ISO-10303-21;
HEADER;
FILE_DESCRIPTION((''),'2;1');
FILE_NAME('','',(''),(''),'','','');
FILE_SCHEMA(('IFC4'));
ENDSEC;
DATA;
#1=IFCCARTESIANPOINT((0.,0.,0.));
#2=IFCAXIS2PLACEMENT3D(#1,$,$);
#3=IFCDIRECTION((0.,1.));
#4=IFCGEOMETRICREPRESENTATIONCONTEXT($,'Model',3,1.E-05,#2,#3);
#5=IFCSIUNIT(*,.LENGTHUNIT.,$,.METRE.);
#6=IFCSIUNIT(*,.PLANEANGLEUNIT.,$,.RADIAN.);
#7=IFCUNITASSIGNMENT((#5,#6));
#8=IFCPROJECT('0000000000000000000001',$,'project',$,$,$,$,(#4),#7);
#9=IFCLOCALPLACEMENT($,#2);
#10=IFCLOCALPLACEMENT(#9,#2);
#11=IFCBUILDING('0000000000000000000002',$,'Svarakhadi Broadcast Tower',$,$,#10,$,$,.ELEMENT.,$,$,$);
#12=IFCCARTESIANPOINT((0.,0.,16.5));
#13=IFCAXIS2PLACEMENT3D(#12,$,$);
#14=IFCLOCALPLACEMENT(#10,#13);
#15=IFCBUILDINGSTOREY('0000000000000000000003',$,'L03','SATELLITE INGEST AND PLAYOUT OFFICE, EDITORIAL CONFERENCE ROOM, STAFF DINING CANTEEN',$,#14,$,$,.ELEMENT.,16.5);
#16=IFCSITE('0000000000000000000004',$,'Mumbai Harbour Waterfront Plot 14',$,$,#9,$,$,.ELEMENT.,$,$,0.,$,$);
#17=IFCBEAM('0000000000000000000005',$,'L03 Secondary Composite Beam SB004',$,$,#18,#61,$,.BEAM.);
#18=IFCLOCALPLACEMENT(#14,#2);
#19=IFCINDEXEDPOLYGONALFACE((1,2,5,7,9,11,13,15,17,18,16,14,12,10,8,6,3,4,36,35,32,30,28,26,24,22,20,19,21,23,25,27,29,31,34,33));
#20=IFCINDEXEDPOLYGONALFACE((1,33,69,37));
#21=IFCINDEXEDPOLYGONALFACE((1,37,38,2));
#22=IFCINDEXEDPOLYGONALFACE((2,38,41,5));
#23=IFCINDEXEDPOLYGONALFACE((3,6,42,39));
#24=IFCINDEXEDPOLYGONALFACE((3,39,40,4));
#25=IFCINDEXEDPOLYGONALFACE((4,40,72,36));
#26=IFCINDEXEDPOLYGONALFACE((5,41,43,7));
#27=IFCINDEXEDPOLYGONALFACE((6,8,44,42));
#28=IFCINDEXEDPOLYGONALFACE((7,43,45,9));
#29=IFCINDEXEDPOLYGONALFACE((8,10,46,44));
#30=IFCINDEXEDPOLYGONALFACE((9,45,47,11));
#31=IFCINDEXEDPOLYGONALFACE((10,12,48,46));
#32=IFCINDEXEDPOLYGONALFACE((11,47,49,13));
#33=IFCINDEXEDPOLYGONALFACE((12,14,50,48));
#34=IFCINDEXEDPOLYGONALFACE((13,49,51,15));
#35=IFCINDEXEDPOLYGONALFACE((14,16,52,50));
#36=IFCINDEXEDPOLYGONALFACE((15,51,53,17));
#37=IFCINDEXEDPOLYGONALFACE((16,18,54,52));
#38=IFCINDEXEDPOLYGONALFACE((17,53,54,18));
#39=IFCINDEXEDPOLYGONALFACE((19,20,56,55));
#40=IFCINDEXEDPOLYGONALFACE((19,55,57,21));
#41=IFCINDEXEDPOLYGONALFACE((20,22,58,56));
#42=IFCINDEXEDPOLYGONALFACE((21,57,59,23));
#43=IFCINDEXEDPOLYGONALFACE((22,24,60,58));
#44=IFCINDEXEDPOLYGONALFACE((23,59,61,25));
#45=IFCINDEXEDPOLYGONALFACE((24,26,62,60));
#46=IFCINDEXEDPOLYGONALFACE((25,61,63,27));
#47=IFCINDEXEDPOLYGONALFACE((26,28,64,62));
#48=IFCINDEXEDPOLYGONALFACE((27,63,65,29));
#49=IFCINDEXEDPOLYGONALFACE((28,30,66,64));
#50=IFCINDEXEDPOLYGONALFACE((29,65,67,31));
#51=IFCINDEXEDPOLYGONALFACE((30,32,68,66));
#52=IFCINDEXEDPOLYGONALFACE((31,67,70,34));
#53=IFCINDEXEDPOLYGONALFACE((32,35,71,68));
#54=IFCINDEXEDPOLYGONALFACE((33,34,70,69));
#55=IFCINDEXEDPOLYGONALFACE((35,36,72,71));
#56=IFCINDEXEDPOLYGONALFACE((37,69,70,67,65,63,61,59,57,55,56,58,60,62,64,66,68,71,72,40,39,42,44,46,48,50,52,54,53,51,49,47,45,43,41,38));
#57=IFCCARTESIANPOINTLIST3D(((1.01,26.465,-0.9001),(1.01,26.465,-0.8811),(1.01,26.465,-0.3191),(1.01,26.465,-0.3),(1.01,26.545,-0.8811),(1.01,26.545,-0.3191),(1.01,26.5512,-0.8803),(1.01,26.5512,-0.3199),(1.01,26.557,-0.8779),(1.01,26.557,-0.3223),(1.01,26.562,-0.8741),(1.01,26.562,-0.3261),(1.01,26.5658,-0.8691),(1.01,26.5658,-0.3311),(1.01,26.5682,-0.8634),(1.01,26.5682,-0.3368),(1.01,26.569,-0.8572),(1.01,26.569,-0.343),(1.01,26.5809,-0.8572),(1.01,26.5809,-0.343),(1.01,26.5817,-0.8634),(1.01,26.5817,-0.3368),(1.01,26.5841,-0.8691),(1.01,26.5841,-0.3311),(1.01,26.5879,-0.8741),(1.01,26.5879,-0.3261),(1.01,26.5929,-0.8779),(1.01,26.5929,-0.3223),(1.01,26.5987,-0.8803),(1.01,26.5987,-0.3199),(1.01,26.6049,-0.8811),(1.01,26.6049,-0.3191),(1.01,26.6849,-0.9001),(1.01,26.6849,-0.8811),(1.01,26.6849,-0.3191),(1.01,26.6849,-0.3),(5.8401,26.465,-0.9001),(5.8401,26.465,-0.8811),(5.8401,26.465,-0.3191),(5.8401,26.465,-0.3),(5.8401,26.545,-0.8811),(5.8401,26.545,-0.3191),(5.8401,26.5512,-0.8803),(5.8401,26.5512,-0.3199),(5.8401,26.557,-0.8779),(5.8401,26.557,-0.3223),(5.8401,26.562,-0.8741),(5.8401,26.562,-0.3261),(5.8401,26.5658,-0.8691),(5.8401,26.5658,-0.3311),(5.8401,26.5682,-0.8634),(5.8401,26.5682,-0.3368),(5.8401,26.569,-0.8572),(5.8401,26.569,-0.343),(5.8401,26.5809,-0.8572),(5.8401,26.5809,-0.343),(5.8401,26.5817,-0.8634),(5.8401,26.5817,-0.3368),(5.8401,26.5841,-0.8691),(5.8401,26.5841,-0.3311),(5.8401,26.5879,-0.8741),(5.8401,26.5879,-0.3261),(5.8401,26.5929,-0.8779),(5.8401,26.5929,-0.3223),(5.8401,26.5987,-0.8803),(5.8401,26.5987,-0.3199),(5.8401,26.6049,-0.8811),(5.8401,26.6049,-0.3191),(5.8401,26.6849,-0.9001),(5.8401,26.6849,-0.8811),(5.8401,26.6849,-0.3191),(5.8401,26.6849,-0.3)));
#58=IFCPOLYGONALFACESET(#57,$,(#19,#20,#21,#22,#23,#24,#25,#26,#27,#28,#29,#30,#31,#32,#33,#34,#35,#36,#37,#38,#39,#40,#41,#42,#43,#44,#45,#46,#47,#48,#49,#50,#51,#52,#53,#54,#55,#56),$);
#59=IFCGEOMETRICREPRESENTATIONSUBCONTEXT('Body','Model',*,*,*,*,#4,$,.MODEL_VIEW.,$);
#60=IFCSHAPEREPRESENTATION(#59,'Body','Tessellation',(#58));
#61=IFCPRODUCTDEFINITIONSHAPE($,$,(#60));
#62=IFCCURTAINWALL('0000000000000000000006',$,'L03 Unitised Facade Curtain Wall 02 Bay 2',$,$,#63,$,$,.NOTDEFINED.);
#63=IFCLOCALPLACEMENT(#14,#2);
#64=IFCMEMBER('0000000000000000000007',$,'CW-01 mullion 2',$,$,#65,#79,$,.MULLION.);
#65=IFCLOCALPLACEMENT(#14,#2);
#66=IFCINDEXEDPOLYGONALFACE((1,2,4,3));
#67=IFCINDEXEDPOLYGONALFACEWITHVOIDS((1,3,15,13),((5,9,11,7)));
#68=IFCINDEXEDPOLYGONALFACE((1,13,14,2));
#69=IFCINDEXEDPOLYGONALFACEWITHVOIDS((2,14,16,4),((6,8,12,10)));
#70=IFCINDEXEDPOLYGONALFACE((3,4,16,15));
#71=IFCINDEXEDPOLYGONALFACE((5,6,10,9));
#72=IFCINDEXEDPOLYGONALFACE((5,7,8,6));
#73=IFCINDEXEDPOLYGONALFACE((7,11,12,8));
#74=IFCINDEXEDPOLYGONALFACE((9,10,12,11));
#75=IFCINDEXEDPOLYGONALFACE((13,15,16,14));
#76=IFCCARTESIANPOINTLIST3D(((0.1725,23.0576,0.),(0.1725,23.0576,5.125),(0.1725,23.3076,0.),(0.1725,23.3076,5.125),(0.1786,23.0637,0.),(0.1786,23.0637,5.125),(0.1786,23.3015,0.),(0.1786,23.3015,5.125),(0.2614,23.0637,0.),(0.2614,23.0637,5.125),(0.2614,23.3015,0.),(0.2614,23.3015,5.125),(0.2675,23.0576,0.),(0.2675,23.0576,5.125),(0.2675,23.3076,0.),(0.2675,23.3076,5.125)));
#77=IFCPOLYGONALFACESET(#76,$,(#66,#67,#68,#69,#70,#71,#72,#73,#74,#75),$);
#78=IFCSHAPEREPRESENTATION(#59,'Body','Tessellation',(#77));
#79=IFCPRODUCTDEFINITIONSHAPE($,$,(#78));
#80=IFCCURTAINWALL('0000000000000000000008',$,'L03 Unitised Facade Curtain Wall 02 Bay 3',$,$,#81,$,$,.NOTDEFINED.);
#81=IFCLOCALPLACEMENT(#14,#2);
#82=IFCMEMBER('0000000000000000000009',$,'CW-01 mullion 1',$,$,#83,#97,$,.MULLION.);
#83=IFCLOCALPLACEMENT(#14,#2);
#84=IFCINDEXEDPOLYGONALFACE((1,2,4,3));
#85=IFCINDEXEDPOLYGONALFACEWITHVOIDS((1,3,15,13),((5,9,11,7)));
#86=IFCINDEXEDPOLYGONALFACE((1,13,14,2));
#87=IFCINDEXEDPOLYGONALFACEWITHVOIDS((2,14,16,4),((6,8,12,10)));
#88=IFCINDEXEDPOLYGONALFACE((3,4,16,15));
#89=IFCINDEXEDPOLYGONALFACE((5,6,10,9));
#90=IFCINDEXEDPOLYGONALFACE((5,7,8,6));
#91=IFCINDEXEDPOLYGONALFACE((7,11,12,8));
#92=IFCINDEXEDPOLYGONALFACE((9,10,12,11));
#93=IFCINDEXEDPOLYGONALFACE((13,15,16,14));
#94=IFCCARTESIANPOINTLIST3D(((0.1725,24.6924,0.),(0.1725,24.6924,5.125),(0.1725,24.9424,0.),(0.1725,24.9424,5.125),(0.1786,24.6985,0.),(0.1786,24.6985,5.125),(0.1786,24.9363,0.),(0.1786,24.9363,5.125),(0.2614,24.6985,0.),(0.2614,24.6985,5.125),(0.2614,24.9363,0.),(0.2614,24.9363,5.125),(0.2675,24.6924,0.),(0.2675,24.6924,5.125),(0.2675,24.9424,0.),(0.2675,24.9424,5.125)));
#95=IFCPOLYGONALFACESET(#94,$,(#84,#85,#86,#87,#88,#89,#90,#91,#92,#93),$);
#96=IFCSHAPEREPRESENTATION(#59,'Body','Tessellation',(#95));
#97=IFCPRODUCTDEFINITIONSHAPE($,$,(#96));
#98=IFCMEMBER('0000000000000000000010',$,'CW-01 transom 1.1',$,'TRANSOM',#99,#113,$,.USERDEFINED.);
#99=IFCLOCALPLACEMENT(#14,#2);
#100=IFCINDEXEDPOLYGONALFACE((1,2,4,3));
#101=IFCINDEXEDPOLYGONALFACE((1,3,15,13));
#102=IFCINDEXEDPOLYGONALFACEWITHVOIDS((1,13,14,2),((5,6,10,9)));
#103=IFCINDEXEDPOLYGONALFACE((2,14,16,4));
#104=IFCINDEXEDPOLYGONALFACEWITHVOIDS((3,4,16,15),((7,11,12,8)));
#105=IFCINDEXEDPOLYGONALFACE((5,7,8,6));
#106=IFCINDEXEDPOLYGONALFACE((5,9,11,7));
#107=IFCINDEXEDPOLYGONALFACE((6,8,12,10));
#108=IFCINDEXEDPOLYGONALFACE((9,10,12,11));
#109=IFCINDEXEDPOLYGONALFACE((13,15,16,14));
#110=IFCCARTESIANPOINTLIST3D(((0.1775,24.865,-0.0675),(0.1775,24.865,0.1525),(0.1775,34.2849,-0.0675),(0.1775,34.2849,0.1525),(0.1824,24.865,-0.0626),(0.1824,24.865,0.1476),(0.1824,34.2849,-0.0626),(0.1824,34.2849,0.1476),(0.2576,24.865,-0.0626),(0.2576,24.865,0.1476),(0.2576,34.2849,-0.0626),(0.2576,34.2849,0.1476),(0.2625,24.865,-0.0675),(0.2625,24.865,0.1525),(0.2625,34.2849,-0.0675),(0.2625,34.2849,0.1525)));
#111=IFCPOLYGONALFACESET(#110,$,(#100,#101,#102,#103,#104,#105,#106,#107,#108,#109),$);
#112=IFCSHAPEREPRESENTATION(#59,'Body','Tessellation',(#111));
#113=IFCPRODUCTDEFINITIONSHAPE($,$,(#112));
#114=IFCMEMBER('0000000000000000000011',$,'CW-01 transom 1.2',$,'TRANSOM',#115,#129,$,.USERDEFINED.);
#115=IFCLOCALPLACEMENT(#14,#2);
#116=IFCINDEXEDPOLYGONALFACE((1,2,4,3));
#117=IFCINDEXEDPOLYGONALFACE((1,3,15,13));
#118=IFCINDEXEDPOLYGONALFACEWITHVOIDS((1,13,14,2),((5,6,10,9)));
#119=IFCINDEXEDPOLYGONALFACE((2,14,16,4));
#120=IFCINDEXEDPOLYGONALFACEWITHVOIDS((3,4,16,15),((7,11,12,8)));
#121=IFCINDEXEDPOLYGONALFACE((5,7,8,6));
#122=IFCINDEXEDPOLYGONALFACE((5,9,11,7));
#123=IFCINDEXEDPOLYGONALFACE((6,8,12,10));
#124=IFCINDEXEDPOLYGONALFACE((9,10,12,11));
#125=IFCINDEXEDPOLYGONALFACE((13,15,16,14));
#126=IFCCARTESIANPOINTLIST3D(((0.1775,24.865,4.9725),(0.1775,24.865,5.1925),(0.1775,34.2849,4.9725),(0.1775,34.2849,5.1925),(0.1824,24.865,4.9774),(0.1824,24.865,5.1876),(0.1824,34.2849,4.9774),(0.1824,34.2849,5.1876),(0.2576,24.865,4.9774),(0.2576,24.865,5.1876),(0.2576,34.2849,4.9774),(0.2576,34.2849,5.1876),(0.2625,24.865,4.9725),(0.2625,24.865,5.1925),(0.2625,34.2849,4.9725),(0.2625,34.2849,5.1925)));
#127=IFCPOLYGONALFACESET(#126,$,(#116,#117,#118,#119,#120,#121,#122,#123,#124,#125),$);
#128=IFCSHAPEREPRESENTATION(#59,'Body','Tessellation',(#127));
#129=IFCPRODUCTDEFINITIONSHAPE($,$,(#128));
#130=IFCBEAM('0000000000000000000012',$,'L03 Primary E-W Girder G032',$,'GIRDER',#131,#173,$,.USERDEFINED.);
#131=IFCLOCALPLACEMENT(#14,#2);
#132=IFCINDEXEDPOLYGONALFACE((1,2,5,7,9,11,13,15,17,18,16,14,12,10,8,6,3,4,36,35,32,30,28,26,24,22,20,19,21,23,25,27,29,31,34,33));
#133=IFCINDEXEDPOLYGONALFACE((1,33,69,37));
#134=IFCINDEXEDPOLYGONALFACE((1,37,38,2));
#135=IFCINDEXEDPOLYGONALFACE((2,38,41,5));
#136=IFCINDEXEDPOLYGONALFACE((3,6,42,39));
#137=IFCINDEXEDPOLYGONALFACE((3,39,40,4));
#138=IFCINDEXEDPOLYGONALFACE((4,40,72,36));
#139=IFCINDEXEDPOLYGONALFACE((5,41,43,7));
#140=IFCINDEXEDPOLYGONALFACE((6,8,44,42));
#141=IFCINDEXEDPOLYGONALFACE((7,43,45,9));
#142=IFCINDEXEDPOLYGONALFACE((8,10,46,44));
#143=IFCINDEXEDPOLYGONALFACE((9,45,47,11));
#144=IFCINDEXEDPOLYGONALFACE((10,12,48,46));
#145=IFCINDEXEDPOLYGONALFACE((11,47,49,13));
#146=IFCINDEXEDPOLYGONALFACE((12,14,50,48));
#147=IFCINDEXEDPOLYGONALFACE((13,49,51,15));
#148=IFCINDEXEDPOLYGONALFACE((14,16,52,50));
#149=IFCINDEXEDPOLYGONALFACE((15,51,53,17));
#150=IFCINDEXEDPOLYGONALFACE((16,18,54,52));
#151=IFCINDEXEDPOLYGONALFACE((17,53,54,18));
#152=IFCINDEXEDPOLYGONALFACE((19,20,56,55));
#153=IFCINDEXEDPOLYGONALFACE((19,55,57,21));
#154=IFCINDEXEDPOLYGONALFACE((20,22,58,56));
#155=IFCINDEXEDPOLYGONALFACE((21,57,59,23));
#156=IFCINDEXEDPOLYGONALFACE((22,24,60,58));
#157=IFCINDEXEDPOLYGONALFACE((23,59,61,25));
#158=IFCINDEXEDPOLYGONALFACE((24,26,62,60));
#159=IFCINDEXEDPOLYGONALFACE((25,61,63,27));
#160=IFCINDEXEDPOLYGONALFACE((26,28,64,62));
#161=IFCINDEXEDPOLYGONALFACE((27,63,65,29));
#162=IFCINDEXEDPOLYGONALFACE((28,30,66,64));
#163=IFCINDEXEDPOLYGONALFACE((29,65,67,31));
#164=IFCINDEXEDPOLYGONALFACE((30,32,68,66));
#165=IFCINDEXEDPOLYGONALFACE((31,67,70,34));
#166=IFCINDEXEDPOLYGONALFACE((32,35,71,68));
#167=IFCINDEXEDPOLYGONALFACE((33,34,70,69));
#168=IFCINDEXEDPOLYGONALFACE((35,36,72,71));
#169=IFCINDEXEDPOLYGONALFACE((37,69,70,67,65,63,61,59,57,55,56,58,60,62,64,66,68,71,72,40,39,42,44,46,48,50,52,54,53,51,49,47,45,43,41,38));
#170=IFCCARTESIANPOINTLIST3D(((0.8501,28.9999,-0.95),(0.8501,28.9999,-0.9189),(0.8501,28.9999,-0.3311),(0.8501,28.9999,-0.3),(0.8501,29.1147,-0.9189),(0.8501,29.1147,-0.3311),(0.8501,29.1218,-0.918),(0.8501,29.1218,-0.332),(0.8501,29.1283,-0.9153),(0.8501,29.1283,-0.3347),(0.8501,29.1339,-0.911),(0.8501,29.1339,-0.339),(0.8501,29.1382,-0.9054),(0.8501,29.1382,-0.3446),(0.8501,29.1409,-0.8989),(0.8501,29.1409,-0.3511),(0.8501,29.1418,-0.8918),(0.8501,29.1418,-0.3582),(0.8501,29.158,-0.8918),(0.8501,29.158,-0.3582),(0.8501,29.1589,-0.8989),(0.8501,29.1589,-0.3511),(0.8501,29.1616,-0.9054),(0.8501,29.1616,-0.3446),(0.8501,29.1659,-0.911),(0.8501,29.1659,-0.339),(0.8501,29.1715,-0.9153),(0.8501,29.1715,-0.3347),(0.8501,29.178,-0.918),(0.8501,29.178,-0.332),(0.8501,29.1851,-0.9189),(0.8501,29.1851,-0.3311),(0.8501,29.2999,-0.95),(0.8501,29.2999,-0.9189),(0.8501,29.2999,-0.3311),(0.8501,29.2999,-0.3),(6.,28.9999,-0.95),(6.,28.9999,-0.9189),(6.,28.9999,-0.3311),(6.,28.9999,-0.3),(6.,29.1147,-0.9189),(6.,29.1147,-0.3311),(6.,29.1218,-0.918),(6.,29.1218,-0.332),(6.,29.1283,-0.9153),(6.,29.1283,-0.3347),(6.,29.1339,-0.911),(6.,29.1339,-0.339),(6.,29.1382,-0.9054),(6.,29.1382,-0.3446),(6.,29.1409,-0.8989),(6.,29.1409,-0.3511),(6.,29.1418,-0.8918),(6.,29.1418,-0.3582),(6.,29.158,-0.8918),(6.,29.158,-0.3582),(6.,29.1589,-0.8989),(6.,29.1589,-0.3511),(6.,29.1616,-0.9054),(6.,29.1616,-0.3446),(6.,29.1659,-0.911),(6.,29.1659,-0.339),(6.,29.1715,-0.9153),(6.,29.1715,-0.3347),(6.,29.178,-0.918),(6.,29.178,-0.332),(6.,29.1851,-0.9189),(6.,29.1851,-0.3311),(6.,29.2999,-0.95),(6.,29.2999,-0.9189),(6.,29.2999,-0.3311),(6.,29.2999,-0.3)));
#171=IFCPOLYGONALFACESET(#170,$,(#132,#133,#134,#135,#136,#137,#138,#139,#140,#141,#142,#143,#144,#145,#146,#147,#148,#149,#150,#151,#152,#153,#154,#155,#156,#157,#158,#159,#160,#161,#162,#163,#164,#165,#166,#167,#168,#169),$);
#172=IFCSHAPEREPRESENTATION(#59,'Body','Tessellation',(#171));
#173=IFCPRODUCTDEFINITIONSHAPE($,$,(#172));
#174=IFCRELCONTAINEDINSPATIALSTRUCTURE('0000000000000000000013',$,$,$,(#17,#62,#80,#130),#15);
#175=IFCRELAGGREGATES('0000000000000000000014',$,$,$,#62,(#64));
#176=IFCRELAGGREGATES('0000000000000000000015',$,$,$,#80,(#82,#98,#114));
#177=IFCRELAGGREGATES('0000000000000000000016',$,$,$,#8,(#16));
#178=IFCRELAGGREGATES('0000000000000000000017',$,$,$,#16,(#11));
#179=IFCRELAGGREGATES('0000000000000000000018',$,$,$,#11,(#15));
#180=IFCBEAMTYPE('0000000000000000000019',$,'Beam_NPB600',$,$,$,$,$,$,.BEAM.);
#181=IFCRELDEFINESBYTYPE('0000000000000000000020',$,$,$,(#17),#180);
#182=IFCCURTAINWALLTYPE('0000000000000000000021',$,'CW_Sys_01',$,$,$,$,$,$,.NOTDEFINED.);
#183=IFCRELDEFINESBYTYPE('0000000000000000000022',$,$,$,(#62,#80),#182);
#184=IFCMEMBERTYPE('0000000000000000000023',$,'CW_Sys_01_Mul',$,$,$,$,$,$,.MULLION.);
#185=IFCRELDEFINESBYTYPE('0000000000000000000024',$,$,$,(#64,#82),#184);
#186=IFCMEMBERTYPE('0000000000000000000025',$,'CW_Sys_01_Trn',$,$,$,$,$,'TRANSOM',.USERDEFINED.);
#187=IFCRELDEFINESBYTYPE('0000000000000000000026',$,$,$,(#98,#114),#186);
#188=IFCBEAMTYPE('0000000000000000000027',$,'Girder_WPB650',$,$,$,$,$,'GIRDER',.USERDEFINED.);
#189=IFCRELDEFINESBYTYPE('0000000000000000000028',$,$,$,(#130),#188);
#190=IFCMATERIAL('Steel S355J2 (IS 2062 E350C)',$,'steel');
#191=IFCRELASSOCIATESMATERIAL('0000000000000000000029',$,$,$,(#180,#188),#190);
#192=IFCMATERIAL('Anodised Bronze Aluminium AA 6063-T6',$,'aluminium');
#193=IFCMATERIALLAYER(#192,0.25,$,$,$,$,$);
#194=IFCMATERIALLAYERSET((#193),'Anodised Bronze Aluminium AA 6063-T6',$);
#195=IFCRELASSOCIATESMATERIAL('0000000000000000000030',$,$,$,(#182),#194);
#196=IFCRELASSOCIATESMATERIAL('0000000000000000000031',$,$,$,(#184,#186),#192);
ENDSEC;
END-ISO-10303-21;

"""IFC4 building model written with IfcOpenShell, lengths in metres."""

from ifc_helpers import new_model, si_unit, direction, frame, origin, origin_2d, place, context, subcontext, project, spatial, hollow_rectangle, i_section, extrude, material, layer, layer_set, material_profile, profile_set, type_object, element, aggregate, save


model = new_model("IFC4")

# Units and contexts
model_context = context("Model", 3, precision=1e-05, world=origin(), true_north=direction((0.0, 1.0)))
body_context = subcontext(model_context, "Body", "Model", "MODEL_VIEW")
ifc_project = project(units=[si_unit("LENGTHUNIT", "METRE"), si_unit("PLANEANGLEUNIT", "RADIAN")], contexts=[model_context])

# Site, building, storey
site_placement = place(None, origin())
site = spatial("IfcSite", under=ifc_project, at=site_placement, Name="Mumbai Harbour Waterfront Plot 14", CompositionType="ELEMENT", RefElevation=0.0)
building_placement = place(site_placement, origin())
building = spatial("IfcBuilding", under=site, at=building_placement, Name="Svarakhadi Broadcast Tower", CompositionType="ELEMENT")
storey_placement = place(building_placement, frame((0.0, 0.0, 16.5)))
storey = spatial("IfcBuildingStorey", under=building, at=storey_placement, Name="L03", Description="SATELLITE INGEST AND PLAYOUT OFFICE, EDITORIAL CONFERENCE ROOM, STAFF DINING CANTEEN", CompositionType="ELEMENT", Elevation=16.5)

# Beam
ifc_material_1 = material(Name="Steel S355J2 (IS 2062 E350C)", Category="steel")
ifc_material_profile_1 = material_profile(ifc_material_1, i_section(OverallWidth=0.22, OverallDepth=0.6001, WebThickness=0.012, FlangeThickness=0.019, FilletRadius=0.0239, at=origin_2d()), Name="NPB 600x220x122")
ifc_profile_set_1 = profile_set([ifc_material_profile_1], Name="Steel S355J2 (IS 2062 E350C)")
beam_type_1 = type_object("IfcBeamType", Name="Beam_NPB600", PredefinedType="BEAM", material=ifc_profile_set_1)
for number, where, z_axis, x_axis, name in (
    (1, (1.01, 26.575, -0.6001), (1.0, 0.0, 0.0), (0.0, 1.0, 0.0), "L03 Secondary Composite Beam SB004"),
):
    element("IfcBeam", number, at=place(storey_placement, frame(where, z_axis=z_axis, x_axis=x_axis)), inside=storey, type_object=beam_type_1, Name=name, PredefinedType="BEAM", context=body_context, shape_type="SweptSolid", body=[
        extrude(i_section(OverallWidth=0.22, OverallDepth=0.6001, WebThickness=0.012, FlangeThickness=0.019, FilletRadius=0.0239, at=origin_2d()), origin(), (0.0, 0.0, 1.0), 4.8301),
    ])

# Curtain wall, member
ifc_material_2 = material(Name="Anodised Bronze Aluminium AA 6063-T6", Category="aluminium")
ifc_layer_1 = layer(ifc_material_2, 0.25)
ifc_layer_set_1 = layer_set([ifc_layer_1], Name="Anodised Bronze Aluminium AA 6063-T6")
curtain_wall_type = type_object("IfcCurtainWallType", Name="CW_Sys_01", PredefinedType="NOTDEFINED", material=ifc_layer_set_1)
curtain_wall_1_placement = place(storey_placement, origin())
curtain_wall_1 = element("IfcCurtainWall", 2, at=curtain_wall_1_placement, inside=storey, type_object=curtain_wall_type, Name="L03 Unitised Facade Curtain Wall 02 Bay 2", PredefinedType="NOTDEFINED")
ifc_material_profile_2 = material_profile(ifc_material_2, hollow_rectangle(XDim=0.095, YDim=0.25, WallThickness=0.0061, at=origin_2d()), Name="ALU MULLION 250x95x6")
ifc_profile_set_2 = profile_set([ifc_material_profile_2], Name="Anodised Bronze Aluminium AA 6063-T6")
member_type_1 = type_object("IfcMemberType", Name="CW_Sys_01_Mul", PredefinedType="MULLION", material=ifc_profile_set_2)
member_1_placement = place(storey_placement, frame((0.22, 23.1826, 0.0), z_axis=(0.0, 0.0, 1.0), x_axis=(-1.0, 0.0, 0.0)))
member_1 = element("IfcMember", 3, at=member_1_placement, type_object=member_type_1, Name="CW-01 mullion 2", PredefinedType="MULLION", context=body_context, shape_type="SweptSolid", body=[
    extrude(hollow_rectangle(XDim=0.095, YDim=0.25, WallThickness=0.0061, at=origin_2d()), origin(), (0.0, 0.0, 1.0), 5.125),
])
aggregate(curtain_wall_1, [member_1])

# Curtain wall, members
curtain_wall_2_placement = place(storey_placement, origin())
curtain_wall_2 = element("IfcCurtainWall", 4, at=curtain_wall_2_placement, inside=storey, type_object=curtain_wall_type, Name="L03 Unitised Facade Curtain Wall 02 Bay 3", PredefinedType="NOTDEFINED")
member_2_placement = place(storey_placement, frame((0.22, 24.8174, 0.0), z_axis=(0.0, 0.0, 1.0), x_axis=(-1.0, 0.0, 0.0)))
member_2 = element("IfcMember", 5, at=member_2_placement, type_object=member_type_1, Name="CW-01 mullion 1", PredefinedType="MULLION", context=body_context, shape_type="SweptSolid", body=[
    extrude(hollow_rectangle(XDim=0.095, YDim=0.25, WallThickness=0.0061, at=origin_2d()), origin(), (0.0, 0.0, 1.0), 5.125),
])
ifc_material_profile_3 = material_profile(ifc_material_2, hollow_rectangle(XDim=0.085, YDim=0.22, WallThickness=0.0049, at=origin_2d()), Name="ALU TRANSOM 220x85x5")
ifc_profile_set_3 = profile_set([ifc_material_profile_3], Name="Anodised Bronze Aluminium AA 6063-T6")
member_type_2 = type_object("IfcMemberType", Name="CW_Sys_01_Trn", ElementType="TRANSOM", PredefinedType="USERDEFINED", material=ifc_profile_set_3)
member_3_placement = place(storey_placement, frame((0.22, 24.865, 0.0425), z_axis=(0.0, 1.0, 0.0), x_axis=(-1.0, 0.0, 0.0)))
member_3 = element("IfcMember", 6, at=member_3_placement, type_object=member_type_2, Name="CW-01 transom 1.1", ObjectType="TRANSOM", PredefinedType="USERDEFINED", context=body_context, shape_type="SweptSolid", body=[
    extrude(hollow_rectangle(XDim=0.085, YDim=0.22, WallThickness=0.0049, at=origin_2d()), origin(), (0.0, 0.0, 1.0), 9.4199),
])
member_4_placement = place(storey_placement, frame((0.22, 24.865, 5.0825), z_axis=(0.0, 1.0, 0.0), x_axis=(-1.0, 0.0, 0.0)))
member_4 = element("IfcMember", 7, at=member_4_placement, type_object=member_type_2, Name="CW-01 transom 1.2", ObjectType="TRANSOM", PredefinedType="USERDEFINED", context=body_context, shape_type="SweptSolid", body=[
    extrude(hollow_rectangle(XDim=0.085, YDim=0.22, WallThickness=0.0049, at=origin_2d()), origin(), (0.0, 0.0, 1.0), 9.4199),
])
aggregate(curtain_wall_2, [member_2, member_3, member_4])

# Beam
ifc_material_profile_4 = material_profile(ifc_material_1, i_section(OverallWidth=0.3, OverallDepth=0.6499, WebThickness=0.0161, FlangeThickness=0.031, FilletRadius=0.0271, at=origin_2d()), Name="WPB 650x300x225")
ifc_profile_set_4 = profile_set([ifc_material_profile_4], Name="Steel S355J2 (IS 2062 E350C)")
beam_type_2 = type_object("IfcBeamType", Name="Girder_WPB650", ElementType="GIRDER", PredefinedType="USERDEFINED", material=ifc_profile_set_4)
for number, where, z_axis, x_axis, name in (
    (8, (0.8501, 29.1499, -0.625), (1.0, 0.0, 0.0), (0.0, 1.0, 0.0), "L03 Primary E-W Girder G032"),
):
    element("IfcBeam", number, at=place(storey_placement, frame(where, z_axis=z_axis, x_axis=x_axis)), inside=storey, type_object=beam_type_2, Name=name, ObjectType="GIRDER", PredefinedType="USERDEFINED", context=body_context, shape_type="SweptSolid", body=[
        extrude(i_section(OverallWidth=0.3, OverallDepth=0.6499, WebThickness=0.0161, FlangeThickness=0.031, FilletRadius=0.0271, at=origin_2d()), origin(), (0.0, 0.0, 1.0), 5.1499),
    ])

save(model, "model.ifc")
